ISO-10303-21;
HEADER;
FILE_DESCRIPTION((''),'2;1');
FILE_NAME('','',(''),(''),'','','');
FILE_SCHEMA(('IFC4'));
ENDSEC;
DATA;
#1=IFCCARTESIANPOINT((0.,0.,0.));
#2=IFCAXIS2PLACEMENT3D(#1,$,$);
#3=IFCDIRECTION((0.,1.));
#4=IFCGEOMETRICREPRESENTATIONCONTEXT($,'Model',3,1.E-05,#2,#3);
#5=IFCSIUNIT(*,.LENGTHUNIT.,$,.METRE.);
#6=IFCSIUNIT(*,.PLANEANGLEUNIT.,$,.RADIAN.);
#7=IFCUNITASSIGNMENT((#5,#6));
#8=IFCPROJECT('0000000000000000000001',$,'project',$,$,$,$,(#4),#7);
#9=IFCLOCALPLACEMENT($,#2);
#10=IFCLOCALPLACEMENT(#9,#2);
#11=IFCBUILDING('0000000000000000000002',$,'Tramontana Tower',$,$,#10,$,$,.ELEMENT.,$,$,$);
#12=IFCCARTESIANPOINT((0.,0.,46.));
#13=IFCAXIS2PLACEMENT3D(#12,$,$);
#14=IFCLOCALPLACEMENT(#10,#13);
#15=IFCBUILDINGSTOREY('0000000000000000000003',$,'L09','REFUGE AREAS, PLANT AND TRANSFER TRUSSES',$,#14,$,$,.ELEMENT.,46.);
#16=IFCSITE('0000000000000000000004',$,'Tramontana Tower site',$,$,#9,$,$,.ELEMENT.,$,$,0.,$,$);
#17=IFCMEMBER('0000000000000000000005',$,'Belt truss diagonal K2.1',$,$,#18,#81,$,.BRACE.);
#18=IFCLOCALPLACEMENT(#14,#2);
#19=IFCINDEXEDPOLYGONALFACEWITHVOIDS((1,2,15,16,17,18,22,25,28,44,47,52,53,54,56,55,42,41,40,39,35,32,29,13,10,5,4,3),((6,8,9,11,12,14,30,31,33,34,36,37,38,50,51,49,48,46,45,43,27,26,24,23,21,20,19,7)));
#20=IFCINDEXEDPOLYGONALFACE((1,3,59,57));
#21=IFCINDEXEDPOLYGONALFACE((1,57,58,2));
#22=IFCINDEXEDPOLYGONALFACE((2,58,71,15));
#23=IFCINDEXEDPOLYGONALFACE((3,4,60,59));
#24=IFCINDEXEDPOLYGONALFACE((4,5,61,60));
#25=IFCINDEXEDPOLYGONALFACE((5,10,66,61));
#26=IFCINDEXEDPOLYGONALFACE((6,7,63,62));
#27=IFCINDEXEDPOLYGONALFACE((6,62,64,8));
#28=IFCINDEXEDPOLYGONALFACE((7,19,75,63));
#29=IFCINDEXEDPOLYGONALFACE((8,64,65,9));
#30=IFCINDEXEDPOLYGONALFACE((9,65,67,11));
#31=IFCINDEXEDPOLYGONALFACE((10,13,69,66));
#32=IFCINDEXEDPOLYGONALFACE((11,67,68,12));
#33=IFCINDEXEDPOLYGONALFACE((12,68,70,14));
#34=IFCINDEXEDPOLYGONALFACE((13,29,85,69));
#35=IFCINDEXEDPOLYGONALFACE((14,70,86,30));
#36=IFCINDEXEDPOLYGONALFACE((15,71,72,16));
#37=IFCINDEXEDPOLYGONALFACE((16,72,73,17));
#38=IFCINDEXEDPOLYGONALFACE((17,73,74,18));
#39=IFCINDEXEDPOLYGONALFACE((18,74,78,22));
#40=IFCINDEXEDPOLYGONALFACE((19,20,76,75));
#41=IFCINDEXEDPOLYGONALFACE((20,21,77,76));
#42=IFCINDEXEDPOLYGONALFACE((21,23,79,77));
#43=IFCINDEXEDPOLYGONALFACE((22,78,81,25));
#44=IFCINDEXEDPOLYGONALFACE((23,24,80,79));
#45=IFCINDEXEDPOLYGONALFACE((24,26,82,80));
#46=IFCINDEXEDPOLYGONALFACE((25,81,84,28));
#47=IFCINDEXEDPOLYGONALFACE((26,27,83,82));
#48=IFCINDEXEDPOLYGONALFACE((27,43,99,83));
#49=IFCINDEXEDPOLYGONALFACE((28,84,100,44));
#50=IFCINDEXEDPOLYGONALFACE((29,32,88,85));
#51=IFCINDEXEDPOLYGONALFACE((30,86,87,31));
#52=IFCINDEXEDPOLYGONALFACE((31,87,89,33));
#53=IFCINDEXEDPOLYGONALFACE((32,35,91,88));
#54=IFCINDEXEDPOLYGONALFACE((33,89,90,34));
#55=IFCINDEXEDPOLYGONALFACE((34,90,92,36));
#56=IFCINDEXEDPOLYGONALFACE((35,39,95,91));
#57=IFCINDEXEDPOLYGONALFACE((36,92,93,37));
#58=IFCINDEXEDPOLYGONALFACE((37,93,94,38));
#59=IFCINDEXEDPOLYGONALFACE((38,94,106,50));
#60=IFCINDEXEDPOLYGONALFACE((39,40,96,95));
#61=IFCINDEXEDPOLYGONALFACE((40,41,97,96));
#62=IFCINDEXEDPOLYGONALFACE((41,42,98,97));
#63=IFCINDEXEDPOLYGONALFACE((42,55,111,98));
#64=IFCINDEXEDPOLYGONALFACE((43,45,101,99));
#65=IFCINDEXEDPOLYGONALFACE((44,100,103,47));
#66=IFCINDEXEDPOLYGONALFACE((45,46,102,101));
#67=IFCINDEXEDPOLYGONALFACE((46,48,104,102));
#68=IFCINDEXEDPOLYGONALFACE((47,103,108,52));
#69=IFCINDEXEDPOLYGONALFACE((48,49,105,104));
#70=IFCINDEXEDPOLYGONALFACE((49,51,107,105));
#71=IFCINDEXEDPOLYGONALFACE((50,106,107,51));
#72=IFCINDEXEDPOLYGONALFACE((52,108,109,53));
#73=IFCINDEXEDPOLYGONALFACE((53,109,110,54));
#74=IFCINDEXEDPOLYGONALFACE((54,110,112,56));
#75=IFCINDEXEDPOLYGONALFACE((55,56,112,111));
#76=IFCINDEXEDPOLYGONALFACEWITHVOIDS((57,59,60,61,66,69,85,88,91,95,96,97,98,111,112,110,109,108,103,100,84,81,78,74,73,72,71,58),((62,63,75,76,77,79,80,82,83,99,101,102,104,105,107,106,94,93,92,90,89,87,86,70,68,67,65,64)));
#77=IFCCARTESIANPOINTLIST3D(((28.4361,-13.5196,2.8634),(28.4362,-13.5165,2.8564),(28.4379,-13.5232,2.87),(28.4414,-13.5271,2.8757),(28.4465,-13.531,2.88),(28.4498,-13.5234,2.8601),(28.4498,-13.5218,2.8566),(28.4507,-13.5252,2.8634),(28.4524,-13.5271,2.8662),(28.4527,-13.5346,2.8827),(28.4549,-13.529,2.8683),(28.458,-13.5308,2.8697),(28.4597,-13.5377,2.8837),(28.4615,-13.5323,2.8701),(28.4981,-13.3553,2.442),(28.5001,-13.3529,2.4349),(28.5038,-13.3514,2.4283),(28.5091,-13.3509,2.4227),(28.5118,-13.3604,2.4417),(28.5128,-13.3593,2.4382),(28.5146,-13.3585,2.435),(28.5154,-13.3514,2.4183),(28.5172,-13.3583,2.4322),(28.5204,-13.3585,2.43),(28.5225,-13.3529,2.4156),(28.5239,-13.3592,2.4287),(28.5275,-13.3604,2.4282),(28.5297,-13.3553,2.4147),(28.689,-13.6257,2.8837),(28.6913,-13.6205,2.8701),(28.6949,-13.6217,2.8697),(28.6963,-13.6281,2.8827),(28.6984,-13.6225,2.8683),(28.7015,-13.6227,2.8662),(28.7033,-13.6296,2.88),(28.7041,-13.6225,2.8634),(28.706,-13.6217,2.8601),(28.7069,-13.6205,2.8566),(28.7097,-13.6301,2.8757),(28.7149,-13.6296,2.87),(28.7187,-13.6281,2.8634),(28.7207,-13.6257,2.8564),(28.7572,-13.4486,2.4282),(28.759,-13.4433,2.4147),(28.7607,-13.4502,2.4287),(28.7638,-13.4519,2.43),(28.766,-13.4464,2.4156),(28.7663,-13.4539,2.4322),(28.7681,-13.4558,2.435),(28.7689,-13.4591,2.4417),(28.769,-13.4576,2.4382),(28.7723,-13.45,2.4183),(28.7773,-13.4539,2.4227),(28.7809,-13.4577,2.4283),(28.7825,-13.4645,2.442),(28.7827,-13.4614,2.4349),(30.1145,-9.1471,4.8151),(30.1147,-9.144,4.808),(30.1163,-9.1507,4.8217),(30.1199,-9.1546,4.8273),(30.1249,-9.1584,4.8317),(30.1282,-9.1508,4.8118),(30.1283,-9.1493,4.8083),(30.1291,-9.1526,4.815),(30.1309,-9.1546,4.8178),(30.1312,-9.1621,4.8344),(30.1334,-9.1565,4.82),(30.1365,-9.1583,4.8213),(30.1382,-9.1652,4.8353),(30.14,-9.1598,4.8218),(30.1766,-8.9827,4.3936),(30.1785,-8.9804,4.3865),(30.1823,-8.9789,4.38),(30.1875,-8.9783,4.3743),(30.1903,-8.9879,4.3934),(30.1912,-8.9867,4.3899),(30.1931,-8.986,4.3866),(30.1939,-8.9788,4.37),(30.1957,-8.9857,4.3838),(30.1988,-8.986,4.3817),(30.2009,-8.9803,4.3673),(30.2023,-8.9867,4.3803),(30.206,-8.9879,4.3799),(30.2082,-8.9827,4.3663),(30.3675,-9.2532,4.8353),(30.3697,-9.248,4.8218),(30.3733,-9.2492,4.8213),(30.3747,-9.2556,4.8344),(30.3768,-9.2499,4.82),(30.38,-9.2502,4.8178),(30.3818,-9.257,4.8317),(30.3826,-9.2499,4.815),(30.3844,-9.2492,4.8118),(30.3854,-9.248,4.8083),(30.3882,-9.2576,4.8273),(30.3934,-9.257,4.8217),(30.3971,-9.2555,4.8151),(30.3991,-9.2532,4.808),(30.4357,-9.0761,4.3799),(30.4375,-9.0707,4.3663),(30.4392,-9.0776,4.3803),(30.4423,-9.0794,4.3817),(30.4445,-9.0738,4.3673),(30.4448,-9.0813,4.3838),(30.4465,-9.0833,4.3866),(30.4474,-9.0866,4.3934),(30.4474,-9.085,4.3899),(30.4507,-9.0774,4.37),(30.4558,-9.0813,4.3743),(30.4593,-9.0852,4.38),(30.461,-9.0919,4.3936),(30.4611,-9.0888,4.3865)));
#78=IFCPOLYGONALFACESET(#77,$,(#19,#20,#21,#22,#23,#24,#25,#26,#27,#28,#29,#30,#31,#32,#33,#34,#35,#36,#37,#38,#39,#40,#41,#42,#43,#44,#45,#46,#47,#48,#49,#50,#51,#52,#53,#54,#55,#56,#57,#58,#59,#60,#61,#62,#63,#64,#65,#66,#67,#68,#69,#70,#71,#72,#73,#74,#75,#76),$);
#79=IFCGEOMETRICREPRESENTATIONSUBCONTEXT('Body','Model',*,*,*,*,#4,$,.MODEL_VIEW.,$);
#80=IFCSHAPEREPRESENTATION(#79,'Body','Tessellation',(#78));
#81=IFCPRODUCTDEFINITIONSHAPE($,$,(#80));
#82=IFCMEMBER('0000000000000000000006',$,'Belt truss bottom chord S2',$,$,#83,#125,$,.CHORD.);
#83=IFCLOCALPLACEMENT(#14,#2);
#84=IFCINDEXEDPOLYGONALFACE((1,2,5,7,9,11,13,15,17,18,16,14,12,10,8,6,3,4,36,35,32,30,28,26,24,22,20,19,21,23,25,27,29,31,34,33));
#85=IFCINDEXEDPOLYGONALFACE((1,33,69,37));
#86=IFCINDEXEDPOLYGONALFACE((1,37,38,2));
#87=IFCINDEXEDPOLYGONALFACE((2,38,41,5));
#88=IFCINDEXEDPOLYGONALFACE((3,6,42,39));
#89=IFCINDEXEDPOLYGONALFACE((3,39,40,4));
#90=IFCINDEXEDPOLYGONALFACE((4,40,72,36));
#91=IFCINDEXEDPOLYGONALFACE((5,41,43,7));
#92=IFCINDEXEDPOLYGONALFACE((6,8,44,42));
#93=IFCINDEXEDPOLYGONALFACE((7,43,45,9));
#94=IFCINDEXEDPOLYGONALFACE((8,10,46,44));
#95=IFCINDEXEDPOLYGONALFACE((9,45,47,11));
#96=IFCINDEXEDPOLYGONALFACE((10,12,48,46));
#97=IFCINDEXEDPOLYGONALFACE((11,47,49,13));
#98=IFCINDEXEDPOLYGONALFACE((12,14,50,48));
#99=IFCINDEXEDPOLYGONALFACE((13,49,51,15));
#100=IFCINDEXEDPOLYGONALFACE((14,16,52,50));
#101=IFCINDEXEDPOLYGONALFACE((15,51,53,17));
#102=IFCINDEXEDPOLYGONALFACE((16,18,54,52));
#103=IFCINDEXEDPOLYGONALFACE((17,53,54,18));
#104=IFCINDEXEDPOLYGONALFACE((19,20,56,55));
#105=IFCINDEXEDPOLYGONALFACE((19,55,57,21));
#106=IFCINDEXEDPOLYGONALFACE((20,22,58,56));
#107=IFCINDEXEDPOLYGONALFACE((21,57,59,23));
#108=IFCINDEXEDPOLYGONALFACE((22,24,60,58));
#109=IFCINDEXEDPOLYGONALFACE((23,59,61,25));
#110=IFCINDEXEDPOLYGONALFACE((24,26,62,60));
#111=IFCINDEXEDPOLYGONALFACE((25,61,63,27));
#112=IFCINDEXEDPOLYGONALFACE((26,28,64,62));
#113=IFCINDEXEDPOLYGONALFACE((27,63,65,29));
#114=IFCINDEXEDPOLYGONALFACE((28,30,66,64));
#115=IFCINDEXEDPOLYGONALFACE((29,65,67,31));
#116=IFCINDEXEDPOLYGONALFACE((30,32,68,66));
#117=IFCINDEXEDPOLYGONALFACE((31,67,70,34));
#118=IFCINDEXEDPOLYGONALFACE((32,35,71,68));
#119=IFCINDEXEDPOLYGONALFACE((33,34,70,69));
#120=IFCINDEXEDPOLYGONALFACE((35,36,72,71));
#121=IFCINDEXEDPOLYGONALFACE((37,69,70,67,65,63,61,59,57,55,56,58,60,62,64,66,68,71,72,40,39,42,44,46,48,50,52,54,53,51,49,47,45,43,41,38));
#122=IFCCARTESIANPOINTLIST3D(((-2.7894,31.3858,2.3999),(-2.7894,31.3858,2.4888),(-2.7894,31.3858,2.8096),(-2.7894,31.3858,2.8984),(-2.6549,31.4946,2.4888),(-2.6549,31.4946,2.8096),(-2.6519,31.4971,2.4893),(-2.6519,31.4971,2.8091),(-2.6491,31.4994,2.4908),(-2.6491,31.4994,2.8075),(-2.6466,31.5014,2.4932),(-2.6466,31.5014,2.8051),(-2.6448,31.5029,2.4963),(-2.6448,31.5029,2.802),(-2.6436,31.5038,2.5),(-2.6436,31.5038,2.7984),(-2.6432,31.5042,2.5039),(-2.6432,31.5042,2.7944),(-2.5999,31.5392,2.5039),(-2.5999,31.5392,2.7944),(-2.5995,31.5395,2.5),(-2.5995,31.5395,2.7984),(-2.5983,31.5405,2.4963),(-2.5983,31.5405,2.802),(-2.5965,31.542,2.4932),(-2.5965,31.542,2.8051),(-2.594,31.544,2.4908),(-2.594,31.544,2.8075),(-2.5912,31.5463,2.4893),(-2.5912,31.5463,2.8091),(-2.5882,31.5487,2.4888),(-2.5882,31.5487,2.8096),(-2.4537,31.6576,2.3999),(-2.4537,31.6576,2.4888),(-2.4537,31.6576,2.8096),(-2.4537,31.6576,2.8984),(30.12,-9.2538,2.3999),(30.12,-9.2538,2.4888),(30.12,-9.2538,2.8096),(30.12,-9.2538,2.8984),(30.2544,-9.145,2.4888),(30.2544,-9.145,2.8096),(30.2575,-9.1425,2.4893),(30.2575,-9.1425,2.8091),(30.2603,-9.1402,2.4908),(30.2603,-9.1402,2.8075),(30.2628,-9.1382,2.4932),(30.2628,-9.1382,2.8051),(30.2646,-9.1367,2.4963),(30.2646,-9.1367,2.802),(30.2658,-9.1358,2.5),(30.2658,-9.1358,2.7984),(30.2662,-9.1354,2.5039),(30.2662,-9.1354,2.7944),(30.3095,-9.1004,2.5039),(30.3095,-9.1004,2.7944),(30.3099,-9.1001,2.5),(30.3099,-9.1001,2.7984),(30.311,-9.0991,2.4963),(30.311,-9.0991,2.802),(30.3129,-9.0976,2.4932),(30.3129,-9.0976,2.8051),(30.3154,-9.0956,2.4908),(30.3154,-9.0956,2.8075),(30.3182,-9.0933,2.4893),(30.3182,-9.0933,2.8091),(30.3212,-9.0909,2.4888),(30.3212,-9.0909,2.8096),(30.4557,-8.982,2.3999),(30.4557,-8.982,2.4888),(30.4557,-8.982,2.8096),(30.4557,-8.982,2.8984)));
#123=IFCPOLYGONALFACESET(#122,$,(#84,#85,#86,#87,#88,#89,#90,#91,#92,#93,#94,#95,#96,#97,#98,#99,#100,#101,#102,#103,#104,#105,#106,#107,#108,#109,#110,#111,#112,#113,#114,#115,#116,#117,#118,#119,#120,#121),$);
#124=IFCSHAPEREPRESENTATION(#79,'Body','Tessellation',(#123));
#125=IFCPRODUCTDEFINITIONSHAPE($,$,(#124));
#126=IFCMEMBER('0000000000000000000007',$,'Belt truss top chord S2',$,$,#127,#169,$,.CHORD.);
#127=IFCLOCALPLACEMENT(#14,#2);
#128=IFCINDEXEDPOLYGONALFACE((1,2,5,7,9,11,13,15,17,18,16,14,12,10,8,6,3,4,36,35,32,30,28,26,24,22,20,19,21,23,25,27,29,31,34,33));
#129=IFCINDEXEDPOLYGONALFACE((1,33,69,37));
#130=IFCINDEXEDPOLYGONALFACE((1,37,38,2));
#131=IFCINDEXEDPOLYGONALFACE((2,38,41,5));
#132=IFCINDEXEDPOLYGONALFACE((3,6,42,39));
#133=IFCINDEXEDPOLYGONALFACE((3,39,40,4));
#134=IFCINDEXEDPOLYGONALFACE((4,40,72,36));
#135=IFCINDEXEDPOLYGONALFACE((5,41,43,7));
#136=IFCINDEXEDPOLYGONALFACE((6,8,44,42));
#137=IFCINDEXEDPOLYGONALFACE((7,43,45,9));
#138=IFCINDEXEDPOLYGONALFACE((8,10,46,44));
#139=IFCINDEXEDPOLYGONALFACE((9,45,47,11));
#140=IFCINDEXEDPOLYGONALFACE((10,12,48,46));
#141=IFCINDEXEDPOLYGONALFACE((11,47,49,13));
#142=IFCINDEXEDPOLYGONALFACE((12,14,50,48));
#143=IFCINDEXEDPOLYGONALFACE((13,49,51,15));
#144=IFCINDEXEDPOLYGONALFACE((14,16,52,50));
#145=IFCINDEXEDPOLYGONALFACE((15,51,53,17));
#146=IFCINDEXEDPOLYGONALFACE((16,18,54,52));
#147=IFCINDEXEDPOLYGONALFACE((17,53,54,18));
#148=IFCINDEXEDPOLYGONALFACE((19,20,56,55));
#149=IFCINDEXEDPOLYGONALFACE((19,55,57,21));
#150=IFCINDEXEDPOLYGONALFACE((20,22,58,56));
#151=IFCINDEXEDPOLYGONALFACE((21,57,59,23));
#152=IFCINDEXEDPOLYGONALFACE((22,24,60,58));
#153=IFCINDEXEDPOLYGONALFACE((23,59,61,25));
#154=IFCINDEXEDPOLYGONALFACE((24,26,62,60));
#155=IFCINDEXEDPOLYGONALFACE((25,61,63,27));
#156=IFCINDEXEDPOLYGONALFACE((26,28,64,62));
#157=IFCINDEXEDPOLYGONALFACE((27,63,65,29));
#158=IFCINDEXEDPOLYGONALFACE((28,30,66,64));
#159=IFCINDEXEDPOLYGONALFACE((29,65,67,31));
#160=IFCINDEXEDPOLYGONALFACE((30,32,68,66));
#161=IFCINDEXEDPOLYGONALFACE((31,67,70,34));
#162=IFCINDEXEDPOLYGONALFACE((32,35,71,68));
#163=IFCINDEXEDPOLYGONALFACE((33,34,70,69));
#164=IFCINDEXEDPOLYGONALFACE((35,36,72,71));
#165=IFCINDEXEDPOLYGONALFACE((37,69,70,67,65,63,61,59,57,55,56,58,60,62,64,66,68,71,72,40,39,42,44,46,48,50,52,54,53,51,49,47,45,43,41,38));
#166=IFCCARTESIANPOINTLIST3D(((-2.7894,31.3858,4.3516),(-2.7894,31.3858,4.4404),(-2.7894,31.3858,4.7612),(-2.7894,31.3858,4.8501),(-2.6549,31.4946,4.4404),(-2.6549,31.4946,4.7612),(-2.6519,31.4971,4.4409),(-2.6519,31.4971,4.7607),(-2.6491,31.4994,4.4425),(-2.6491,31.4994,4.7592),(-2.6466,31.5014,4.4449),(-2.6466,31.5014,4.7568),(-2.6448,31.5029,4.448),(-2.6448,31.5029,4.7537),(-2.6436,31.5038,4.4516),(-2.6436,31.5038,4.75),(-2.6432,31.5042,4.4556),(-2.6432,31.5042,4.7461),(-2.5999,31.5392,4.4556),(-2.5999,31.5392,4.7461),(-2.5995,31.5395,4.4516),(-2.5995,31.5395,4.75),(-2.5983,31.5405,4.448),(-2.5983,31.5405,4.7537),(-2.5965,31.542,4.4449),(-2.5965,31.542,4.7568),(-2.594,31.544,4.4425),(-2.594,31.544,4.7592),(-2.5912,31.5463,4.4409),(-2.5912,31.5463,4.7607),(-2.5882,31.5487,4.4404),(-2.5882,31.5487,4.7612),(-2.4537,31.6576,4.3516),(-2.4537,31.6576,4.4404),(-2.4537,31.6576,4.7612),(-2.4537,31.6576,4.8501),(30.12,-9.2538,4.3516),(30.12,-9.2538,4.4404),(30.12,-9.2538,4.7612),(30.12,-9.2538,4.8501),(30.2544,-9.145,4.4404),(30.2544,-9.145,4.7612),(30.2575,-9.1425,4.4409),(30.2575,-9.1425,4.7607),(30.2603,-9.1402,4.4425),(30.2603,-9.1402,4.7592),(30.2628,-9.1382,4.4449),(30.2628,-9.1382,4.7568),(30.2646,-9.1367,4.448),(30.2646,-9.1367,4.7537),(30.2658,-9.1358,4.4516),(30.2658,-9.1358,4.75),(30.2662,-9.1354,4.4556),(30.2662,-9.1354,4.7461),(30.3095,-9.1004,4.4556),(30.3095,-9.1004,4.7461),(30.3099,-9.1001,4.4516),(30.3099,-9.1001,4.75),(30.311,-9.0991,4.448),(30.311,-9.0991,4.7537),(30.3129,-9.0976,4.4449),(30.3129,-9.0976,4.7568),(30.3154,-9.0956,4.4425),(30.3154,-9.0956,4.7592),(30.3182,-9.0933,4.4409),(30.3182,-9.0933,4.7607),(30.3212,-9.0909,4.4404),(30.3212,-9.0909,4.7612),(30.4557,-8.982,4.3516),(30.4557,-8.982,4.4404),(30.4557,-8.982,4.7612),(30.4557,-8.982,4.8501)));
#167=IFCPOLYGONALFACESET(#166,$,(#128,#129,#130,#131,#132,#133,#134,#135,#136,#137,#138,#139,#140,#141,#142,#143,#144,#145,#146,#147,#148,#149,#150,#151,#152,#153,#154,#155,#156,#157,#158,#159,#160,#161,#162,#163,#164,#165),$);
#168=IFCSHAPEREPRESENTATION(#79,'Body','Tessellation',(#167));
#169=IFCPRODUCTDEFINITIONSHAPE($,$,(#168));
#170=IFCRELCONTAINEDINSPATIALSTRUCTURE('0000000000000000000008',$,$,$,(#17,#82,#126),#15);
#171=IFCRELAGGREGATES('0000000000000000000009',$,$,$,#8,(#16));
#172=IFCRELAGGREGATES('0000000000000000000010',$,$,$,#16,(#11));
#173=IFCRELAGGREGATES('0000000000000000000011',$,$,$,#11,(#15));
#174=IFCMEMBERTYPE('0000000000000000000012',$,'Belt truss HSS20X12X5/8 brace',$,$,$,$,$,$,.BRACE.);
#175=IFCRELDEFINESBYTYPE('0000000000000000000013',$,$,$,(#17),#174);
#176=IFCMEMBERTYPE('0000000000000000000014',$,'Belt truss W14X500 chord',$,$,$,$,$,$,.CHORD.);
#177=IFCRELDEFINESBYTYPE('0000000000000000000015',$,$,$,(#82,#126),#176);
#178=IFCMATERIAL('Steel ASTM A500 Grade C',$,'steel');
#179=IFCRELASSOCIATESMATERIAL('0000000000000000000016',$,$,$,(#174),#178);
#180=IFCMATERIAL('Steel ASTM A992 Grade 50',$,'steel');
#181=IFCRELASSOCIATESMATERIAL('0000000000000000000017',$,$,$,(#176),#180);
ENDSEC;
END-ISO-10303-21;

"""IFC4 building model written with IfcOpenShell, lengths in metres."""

from ifc_helpers import new_model, si_unit, direction, frame, origin, origin_2d, place, context, subcontext, project, spatial, hollow_rectangle, i_section, extrude, material, material_profile, profile_set, type_object, element, save


model = new_model("IFC4")

# Units and contexts
model_context = context("Model", 3, precision=1e-05, world=origin(), true_north=direction((0.0, 1.0)))
body_context = subcontext(model_context, "Body", "Model", "MODEL_VIEW")
ifc_project = project(units=[si_unit("LENGTHUNIT", "METRE"), si_unit("PLANEANGLEUNIT", "RADIAN")], contexts=[model_context])

# Site, building, storey
site_placement = place(None, origin())
site = spatial("IfcSite", under=ifc_project, at=site_placement, Name="Tramontana Tower site", CompositionType="ELEMENT", RefElevation=0.0)
building_placement = place(site_placement, origin())
building = spatial("IfcBuilding", under=site, at=building_placement, Name="Tramontana Tower", CompositionType="ELEMENT")
storey_placement = place(building_placement, frame((0.0, 0.0, 46.0)))
storey = spatial("IfcBuildingStorey", under=building, at=storey_placement, Name="L09", Description="REFUGE AREAS, PLANT AND TRANSFER TRUSSES", CompositionType="ELEMENT", Elevation=46.0)

# Members
ifc_material_1 = material(Name="Steel ASTM A500 Grade C", Category="steel")
ifc_material_profile_1 = material_profile(ifc_material_1, hollow_rectangle(XDim=0.3047, YDim=0.5081, WallThickness=0.0146, InnerFilletRadius=0.0146, OuterFilletRadius=0.0295, at=origin_2d()), Name="HSS20X12X5/8")
ifc_profile_set_1 = profile_set([ifc_material_profile_1], Name="Steel ASTM A500 Grade C")
member_type_1 = type_object("IfcMemberType", Name="Belt truss HSS20X12X5/8 brace", PredefinedType="BRACE", material=ifc_profile_set_1)
member_1_placement = place(storey_placement, frame((28.6094, -13.4905, 2.6492), z_axis=(0.330797, 0.861757, 0.384639), x_axis=(-0.933581, 0.358368, 0.0)))
element("IfcMember", 1, at=member_1_placement, inside=storey, type_object=member_type_1, Name="Belt truss diagonal K2.1", PredefinedType="BRACE", context=body_context, shape_type="SweptSolid", body=[
    extrude(hollow_rectangle(XDim=0.3047, YDim=0.5081, WallThickness=0.0146, InnerFilletRadius=0.0146, OuterFilletRadius=0.0295, at=origin_2d()), origin(), (0.0, 0.0, 1.0), 5.074),
])
ifc_material_2 = material(Name="Steel ASTM A992 Grade 50", Category="steel")
ifc_material_profile_2 = material_profile(ifc_material_2, i_section(OverallWidth=0.4319, OverallDepth=0.4985, WebThickness=0.0557, FlangeThickness=0.0889, FilletRadius=0.0151, at=origin_2d()), Name="W14X500")
ifc_profile_set_2 = profile_set([ifc_material_profile_2], Name="Steel ASTM A992 Grade 50")
member_type_2 = type_object("IfcMemberType", Name="Belt truss W14X500 chord", PredefinedType="CHORD", material=ifc_profile_set_2)
for number, where, z_axis, x_axis, name in (
    (2, (30.2878, -9.1179, 2.6492), (-0.629321, 0.777145, 0.0), (-0.777145, -0.629321, 0.0), "Belt truss bottom chord S2"),
    (3, (30.2878, -9.1179, 4.6008), (-0.629321, 0.777145, 0.0), (-0.777145, -0.629321, 0.0), "Belt truss top chord S2"),
):
    element("IfcMember", number, at=place(storey_placement, frame(where, z_axis=z_axis, x_axis=x_axis)), inside=storey, type_object=member_type_2, Name=name, PredefinedType="CHORD", context=body_context, shape_type="SweptSolid", body=[
        extrude(i_section(OverallWidth=0.4319, OverallDepth=0.4985, WebThickness=0.0557, FlangeThickness=0.0889, FilletRadius=0.0151, at=origin_2d()), origin(), (0.0, 0.0, 1.0), 52.2935),
    ])

save(model, "model.ifc")
